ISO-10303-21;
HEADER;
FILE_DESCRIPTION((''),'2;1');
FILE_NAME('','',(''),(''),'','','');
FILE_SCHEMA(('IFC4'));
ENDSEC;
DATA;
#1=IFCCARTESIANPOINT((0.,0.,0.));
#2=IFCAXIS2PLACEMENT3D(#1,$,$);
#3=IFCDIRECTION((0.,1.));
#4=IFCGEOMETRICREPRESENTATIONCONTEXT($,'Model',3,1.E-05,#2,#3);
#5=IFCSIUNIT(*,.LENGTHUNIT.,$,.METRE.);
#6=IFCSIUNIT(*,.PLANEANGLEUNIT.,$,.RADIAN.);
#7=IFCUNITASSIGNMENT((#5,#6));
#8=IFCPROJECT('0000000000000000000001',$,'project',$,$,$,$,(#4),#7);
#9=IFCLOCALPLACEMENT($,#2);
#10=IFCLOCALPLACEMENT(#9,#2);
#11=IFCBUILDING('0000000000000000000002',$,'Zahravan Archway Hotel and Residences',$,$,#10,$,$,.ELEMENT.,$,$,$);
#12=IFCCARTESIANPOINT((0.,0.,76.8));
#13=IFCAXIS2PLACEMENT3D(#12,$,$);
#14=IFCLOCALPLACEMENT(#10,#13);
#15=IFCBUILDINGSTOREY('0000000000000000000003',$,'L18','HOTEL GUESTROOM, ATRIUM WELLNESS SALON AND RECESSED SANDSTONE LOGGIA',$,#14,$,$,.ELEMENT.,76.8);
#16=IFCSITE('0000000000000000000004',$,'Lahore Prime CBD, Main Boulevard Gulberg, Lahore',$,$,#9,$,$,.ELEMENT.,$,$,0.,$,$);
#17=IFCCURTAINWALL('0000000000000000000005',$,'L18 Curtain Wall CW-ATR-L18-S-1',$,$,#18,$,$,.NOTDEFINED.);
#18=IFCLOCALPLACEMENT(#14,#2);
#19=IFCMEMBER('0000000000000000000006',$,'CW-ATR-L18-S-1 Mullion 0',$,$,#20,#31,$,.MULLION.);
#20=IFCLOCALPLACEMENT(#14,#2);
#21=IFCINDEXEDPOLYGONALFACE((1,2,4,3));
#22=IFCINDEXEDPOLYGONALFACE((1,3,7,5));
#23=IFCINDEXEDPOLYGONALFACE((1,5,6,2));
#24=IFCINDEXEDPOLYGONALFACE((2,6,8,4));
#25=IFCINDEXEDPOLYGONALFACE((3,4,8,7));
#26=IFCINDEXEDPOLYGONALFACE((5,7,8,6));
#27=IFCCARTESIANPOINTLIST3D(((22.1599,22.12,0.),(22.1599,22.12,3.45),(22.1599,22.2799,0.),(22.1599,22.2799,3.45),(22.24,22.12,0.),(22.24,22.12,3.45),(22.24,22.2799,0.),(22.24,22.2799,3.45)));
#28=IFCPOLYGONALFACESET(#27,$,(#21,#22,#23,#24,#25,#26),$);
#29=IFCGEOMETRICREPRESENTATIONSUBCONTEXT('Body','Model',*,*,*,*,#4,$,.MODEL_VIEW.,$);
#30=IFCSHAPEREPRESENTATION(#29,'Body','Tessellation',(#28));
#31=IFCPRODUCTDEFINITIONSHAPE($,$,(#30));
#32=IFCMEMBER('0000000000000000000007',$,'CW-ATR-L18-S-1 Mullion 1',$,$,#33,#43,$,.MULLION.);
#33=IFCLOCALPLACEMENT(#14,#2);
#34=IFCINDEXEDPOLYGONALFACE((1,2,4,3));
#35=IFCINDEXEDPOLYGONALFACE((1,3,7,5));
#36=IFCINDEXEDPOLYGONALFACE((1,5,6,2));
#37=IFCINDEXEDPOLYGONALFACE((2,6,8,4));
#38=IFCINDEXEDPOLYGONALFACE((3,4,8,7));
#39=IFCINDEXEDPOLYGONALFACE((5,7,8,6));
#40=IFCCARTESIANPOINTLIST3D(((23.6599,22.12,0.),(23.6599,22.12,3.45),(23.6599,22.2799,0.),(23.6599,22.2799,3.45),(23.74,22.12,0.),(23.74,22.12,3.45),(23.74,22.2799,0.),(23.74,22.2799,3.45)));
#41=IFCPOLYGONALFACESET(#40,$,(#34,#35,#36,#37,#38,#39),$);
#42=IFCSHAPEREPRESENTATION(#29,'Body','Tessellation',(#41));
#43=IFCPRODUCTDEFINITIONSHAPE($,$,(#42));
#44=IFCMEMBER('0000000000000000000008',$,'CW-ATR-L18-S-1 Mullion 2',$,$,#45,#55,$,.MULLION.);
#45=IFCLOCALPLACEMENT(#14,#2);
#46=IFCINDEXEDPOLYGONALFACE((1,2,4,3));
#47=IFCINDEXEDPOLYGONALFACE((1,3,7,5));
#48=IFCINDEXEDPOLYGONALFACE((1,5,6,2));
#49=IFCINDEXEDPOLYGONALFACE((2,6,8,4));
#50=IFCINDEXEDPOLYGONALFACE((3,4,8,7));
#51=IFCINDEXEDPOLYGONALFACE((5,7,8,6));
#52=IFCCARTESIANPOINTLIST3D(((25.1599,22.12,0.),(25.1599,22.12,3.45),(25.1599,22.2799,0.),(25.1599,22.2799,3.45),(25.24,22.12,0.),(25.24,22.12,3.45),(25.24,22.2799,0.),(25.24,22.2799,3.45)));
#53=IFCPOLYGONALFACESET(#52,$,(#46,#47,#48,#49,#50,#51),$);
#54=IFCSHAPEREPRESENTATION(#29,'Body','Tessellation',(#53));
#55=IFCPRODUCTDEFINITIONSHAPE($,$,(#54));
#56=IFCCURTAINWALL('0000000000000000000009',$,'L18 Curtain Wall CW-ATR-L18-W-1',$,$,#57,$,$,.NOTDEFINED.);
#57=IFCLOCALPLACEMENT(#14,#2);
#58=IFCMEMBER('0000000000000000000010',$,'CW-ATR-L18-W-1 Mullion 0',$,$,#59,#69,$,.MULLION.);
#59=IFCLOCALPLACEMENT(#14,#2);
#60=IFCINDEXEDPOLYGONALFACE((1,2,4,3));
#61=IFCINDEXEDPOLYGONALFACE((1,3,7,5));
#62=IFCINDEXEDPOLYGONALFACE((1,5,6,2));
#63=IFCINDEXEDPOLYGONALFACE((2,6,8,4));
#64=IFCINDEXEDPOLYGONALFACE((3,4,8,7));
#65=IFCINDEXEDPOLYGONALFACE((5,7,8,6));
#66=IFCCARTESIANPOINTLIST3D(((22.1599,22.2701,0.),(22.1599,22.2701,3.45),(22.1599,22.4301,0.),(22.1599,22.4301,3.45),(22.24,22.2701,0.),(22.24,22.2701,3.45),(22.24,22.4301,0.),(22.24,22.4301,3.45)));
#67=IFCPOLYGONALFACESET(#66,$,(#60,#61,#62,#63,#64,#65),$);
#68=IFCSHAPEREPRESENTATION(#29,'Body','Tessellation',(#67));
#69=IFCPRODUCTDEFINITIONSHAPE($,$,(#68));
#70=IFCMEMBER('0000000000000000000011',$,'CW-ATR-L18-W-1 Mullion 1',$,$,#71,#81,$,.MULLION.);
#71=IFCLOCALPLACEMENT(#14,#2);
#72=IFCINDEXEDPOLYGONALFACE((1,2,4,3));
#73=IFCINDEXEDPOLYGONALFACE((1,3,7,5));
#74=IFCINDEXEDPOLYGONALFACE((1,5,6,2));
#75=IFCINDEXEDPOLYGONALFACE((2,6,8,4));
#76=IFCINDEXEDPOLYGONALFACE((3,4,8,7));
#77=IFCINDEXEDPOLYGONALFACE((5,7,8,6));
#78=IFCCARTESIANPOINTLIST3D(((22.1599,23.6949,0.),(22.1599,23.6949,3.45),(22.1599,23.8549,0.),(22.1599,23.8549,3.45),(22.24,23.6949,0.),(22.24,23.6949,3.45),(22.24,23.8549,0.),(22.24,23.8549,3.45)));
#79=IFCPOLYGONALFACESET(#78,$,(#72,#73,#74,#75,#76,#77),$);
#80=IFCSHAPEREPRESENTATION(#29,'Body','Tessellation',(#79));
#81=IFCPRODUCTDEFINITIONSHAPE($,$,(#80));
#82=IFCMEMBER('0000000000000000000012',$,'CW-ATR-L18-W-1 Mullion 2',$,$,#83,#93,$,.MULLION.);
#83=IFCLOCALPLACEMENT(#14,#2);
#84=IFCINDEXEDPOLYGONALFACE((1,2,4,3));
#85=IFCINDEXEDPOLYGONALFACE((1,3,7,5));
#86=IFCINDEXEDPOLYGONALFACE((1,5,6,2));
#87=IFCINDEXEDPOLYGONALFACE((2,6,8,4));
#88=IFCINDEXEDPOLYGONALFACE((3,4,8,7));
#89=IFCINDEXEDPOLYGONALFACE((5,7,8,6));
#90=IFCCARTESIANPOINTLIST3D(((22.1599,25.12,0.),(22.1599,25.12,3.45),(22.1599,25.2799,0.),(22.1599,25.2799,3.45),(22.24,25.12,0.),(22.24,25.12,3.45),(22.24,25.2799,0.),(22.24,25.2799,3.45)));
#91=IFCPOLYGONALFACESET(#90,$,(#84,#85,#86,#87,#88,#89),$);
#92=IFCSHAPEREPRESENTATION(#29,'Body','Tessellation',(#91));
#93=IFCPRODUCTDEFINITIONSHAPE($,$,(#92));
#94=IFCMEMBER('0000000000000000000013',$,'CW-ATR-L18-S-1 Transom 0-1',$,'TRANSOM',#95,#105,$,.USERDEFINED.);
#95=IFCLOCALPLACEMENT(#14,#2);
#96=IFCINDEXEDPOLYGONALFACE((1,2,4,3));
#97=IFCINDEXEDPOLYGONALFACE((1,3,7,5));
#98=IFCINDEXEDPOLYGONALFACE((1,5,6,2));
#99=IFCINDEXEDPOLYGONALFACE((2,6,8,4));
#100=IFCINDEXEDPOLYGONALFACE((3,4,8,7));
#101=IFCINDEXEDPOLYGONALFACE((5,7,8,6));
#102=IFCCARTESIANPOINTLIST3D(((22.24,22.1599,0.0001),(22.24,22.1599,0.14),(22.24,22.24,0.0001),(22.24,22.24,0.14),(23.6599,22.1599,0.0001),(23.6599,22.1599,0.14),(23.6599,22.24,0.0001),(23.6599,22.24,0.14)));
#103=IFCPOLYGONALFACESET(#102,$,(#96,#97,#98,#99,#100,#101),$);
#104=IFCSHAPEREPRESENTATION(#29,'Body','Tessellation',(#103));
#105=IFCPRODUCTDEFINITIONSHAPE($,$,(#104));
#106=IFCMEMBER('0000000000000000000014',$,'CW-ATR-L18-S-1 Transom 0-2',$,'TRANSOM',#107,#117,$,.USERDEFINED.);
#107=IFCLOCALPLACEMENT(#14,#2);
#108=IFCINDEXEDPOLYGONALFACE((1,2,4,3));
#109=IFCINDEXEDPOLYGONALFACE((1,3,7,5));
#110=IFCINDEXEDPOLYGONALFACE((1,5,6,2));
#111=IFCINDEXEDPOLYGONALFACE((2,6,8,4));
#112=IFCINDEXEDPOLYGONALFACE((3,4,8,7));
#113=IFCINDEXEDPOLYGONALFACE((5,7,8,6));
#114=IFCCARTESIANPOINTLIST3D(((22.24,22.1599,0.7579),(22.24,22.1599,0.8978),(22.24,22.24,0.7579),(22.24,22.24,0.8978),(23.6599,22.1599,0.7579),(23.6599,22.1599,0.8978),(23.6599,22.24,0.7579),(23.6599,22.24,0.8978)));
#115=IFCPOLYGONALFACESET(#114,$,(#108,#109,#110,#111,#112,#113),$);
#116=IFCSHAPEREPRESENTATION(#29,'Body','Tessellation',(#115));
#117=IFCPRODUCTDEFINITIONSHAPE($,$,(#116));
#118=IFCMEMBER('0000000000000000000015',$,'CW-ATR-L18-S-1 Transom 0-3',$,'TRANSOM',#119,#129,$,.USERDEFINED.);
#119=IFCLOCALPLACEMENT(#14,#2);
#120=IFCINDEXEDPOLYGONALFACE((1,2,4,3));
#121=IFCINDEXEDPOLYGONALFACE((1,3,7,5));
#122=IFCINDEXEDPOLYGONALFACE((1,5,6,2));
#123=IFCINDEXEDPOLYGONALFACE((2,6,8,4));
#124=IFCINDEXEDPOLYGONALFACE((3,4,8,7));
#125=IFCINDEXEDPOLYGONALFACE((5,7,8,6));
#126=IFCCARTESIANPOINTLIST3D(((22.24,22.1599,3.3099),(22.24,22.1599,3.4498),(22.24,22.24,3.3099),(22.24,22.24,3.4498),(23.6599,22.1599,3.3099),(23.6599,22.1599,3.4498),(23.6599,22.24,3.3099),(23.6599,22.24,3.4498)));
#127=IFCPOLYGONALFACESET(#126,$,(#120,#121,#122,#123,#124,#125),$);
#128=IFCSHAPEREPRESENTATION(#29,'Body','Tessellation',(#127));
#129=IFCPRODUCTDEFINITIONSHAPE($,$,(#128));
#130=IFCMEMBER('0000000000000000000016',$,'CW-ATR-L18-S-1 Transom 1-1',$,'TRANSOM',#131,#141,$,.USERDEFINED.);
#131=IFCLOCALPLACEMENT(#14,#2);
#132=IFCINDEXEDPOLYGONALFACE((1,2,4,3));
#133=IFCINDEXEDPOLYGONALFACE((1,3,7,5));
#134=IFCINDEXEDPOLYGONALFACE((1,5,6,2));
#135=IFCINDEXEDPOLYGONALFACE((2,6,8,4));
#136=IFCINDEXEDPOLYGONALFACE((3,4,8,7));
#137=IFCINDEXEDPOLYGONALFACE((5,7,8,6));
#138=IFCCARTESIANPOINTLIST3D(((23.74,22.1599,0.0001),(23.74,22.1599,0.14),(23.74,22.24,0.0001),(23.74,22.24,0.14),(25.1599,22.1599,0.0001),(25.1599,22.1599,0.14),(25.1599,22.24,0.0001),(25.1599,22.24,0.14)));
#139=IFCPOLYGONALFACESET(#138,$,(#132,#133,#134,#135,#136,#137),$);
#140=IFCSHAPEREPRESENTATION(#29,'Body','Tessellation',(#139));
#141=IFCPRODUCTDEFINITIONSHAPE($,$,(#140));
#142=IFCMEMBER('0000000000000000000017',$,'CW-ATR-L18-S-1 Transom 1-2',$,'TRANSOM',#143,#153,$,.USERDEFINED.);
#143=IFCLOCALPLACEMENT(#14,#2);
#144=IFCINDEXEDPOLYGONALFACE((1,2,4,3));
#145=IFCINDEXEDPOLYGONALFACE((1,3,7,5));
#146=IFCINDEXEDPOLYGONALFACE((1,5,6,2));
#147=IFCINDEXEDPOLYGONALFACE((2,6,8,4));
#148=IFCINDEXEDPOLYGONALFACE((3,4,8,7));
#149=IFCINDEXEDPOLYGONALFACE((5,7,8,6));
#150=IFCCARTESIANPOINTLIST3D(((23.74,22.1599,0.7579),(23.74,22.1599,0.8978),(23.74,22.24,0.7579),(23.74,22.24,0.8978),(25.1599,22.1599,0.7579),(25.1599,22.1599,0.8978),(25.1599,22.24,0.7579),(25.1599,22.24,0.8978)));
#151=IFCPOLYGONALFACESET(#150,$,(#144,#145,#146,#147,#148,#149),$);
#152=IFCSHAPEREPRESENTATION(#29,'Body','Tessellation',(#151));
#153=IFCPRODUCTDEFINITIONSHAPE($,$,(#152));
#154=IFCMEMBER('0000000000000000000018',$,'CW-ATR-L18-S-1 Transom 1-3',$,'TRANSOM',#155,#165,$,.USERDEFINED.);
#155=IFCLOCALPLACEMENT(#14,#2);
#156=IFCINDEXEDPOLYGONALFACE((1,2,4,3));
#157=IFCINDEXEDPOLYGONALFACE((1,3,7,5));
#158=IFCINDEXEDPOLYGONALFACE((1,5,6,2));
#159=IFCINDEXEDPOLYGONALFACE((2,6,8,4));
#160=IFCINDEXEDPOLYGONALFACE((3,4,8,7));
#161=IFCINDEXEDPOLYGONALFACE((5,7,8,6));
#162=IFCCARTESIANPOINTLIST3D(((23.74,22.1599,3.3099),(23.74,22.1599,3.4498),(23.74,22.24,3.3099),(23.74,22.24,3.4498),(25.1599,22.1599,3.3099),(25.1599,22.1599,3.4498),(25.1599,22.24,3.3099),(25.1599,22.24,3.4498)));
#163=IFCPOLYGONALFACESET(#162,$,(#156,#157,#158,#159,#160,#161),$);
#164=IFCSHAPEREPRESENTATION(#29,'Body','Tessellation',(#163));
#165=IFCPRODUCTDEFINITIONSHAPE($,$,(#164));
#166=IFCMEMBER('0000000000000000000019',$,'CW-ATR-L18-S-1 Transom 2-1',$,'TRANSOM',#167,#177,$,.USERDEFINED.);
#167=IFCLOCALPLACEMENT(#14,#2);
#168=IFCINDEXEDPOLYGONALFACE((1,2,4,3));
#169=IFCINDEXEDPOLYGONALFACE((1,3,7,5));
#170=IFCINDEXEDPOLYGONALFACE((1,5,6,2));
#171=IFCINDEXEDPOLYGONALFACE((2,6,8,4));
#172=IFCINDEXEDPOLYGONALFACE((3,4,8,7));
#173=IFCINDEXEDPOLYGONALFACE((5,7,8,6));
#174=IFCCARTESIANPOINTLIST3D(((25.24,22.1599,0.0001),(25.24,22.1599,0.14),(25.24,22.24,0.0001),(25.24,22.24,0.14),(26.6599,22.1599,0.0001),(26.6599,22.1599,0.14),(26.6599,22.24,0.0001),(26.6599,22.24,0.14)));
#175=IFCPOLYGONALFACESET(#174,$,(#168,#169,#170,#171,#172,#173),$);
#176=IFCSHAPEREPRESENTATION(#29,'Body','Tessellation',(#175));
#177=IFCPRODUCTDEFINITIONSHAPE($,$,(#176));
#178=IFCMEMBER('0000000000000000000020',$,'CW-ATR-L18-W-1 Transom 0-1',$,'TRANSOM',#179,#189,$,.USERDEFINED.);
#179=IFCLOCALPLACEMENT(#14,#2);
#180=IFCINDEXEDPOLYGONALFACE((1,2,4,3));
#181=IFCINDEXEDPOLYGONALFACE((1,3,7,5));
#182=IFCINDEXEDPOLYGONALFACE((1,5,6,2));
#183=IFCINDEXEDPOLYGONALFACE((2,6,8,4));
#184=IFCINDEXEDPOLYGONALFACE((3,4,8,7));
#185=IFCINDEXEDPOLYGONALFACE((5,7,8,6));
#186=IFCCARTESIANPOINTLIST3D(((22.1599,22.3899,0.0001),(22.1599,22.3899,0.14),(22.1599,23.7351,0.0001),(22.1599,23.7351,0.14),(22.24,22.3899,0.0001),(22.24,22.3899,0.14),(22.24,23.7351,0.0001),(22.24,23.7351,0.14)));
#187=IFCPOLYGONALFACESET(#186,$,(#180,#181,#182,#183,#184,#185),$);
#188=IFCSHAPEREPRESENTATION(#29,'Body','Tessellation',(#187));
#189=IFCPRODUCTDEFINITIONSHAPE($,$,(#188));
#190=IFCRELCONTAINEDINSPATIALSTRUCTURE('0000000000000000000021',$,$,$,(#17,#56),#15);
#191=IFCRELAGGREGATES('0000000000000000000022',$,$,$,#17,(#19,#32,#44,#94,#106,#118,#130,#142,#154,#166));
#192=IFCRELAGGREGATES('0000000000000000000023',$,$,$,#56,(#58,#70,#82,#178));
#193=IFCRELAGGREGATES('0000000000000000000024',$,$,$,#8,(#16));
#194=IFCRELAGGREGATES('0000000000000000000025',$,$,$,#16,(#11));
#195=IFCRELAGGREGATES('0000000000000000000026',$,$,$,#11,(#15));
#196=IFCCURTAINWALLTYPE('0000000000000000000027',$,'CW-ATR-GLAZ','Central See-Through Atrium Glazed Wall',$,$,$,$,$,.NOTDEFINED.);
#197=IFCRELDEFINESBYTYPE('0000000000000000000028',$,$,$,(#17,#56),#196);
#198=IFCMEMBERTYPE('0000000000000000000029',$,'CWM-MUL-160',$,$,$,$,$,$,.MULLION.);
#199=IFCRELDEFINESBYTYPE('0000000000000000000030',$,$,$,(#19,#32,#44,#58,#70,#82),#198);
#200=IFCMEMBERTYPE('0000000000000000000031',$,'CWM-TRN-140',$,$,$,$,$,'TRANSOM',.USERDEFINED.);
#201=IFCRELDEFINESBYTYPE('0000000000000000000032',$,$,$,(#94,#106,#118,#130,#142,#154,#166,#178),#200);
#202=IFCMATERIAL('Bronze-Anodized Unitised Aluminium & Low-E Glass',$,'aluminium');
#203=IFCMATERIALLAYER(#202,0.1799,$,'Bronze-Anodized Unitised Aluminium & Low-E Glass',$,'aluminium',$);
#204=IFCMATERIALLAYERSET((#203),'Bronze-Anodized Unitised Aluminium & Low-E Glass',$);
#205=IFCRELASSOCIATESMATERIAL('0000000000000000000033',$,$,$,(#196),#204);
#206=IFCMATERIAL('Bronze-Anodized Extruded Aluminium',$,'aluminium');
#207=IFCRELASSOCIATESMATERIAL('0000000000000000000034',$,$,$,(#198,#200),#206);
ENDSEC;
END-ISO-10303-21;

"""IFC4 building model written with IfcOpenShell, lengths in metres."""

from ifc_helpers import new_model, si_unit, direction, frame, origin, origin_2d, place, context, subcontext, project, spatial, rectangle, extrude, source, transform, mapped, material, layer, layer_set, material_profile, profile_set, type_object, element, aggregate, save


model = new_model("IFC4")

# Units and contexts
model_context = context("Model", 3, precision=1e-05, world=origin(), true_north=direction((0.0, 1.0)))
body_context = subcontext(model_context, "Body", "Model", "MODEL_VIEW")
ifc_project = project(units=[si_unit("LENGTHUNIT", "METRE"), si_unit("PLANEANGLEUNIT", "RADIAN")], contexts=[model_context])

# Site, building, storey
site_placement = place(None, origin())
site = spatial("IfcSite", under=ifc_project, at=site_placement, Name="Lahore Prime CBD, Main Boulevard Gulberg, Lahore", CompositionType="ELEMENT", RefElevation=0.0)
building_placement = place(site_placement, origin())
building = spatial("IfcBuilding", under=site, at=building_placement, Name="Zahravan Archway Hotel and Residences", CompositionType="ELEMENT")
storey_placement = place(building_placement, frame((0.0, 0.0, 76.8)))
storey = spatial("IfcBuildingStorey", under=building, at=storey_placement, Name="L18", Description="HOTEL GUESTROOM, ATRIUM WELLNESS SALON AND RECESSED SANDSTONE LOGGIA", CompositionType="ELEMENT", Elevation=76.8)

# Curtain walls, members
ifc_material_1 = material(Name="Bronze-Anodized Unitised Aluminium & Low-E Glass", Category="aluminium")
ifc_layer_1 = layer(ifc_material_1, 0.1799, Name="Bronze-Anodized Unitised Aluminium & Low-E Glass", Category="aluminium")
ifc_layer_set_1 = layer_set([ifc_layer_1], Name="Bronze-Anodized Unitised Aluminium & Low-E Glass")
curtain_wall_type = type_object("IfcCurtainWallType", Name="CW-ATR-GLAZ", Description="Central See-Through Atrium Glazed Wall", PredefinedType="NOTDEFINED", material=ifc_layer_set_1)
curtain_wall_1_placement = place(storey_placement, origin())
curtain_wall_1 = element("IfcCurtainWall", 1, at=curtain_wall_1_placement, inside=storey, type_object=curtain_wall_type, Name="L18 Curtain Wall CW-ATR-L18-S-1", PredefinedType="NOTDEFINED")
ifc_material_2 = material(Name="Bronze-Anodized Extruded Aluminium", Category="aluminium")
ifc_material_profile_1 = material_profile(ifc_material_2, rectangle(XDim=0.0801, YDim=0.1599, at=origin_2d()), Name="MUL 80x160", Category="aluminium")
ifc_profile_set_1 = profile_set([ifc_material_profile_1], Name="Bronze-Anodized Extruded Aluminium")
member_type_1 = type_object("IfcMemberType", Name="CWM-MUL-160", PredefinedType="MULLION", material=ifc_profile_set_1)
shared_shape_1 = source(origin(), body_context, "Body", "SweptSolid", [
    extrude(rectangle(XDim=0.0801, YDim=0.1599, at=origin_2d()), origin(), (0.0, 0.0, 1.0), 3.45),
])
member_1_placement = place(storey_placement, frame((22.2, 22.2, 0.0), z_axis=(0.0, 0.0, 1.0), x_axis=(1.0, 0.0, 0.0)))
member_1 = element("IfcMember", 2, at=member_1_placement, type_object=member_type_1, Name="CW-ATR-L18-S-1 Mullion 0", PredefinedType="MULLION", context=body_context, shape_type="MappedRepresentation", body=[
    mapped(shared_shape_1, transform((0.0, 0.0, 0.0), scale=1.0)),
])
member_2_placement = place(storey_placement, frame((23.7, 22.2, 0.0), z_axis=(0.0, 0.0, 1.0), x_axis=(1.0, 0.0, 0.0)))
member_2 = element("IfcMember", 3, at=member_2_placement, type_object=member_type_1, Name="CW-ATR-L18-S-1 Mullion 1", PredefinedType="MULLION", context=body_context, shape_type="MappedRepresentation", body=[
    mapped(shared_shape_1, transform((0.0, 0.0, 0.0), scale=1.0)),
])
member_3_placement = place(storey_placement, frame((25.2, 22.2, 0.0), z_axis=(0.0, 0.0, 1.0), x_axis=(1.0, 0.0, 0.0)))
member_3 = element("IfcMember", 4, at=member_3_placement, type_object=member_type_1, Name="CW-ATR-L18-S-1 Mullion 2", PredefinedType="MULLION", context=body_context, shape_type="MappedRepresentation", body=[
    mapped(shared_shape_1, transform((0.0, 0.0, 0.0), scale=1.0)),
])
curtain_wall_2_placement = place(storey_placement, origin())
curtain_wall_2 = element("IfcCurtainWall", 5, at=curtain_wall_2_placement, inside=storey, type_object=curtain_wall_type, Name="L18 Curtain Wall CW-ATR-L18-W-1", PredefinedType="NOTDEFINED")
member_4_placement = place(storey_placement, frame((22.2, 22.3501, 0.0), z_axis=(0.0, 0.0, 1.0), x_axis=(1.0, 0.0, 0.0)))
member_4 = element("IfcMember", 6, at=member_4_placement, type_object=member_type_1, Name="CW-ATR-L18-W-1 Mullion 0", PredefinedType="MULLION", context=body_context, shape_type="MappedRepresentation", body=[
    mapped(shared_shape_1, transform((0.0, 0.0, 0.0), scale=1.0)),
])
member_5_placement = place(storey_placement, frame((22.2, 23.7749, 0.0), z_axis=(0.0, 0.0, 1.0), x_axis=(1.0, 0.0, 0.0)))
member_5 = element("IfcMember", 7, at=member_5_placement, type_object=member_type_1, Name="CW-ATR-L18-W-1 Mullion 1", PredefinedType="MULLION", context=body_context, shape_type="MappedRepresentation", body=[
    mapped(shared_shape_1, transform((0.0, 0.0, 0.0), scale=1.0)),
])
member_6_placement = place(storey_placement, frame((22.2, 25.2, 0.0), z_axis=(0.0, 0.0, 1.0), x_axis=(1.0, 0.0, 0.0)))
member_6 = element("IfcMember", 8, at=member_6_placement, type_object=member_type_1, Name="CW-ATR-L18-W-1 Mullion 2", PredefinedType="MULLION", context=body_context, shape_type="MappedRepresentation", body=[
    mapped(shared_shape_1, transform((0.0, 0.0, 0.0), scale=1.0)),
])

# Members
ifc_material_profile_2 = material_profile(ifc_material_2, rectangle(XDim=0.0801, YDim=0.1399, at=origin_2d()), Name="TRN 80x140", Category="aluminium")
ifc_profile_set_2 = profile_set([ifc_material_profile_2], Name="Bronze-Anodized Extruded Aluminium")
member_type_2 = type_object("IfcMemberType", Name="CWM-TRN-140", ElementType="TRANSOM", PredefinedType="USERDEFINED", material=ifc_profile_set_2)
shared_shape_2 = source(origin(), body_context, "Body", "SweptSolid", [
    extrude(rectangle(XDim=0.0801, YDim=0.1399, at=origin_2d()), origin(), (0.0, 0.0, 1.0), 1.4199),
])
member_7_placement = place(storey_placement, frame((22.24, 22.2, 0.0701), z_axis=(1.0, 0.0, 0.0), x_axis=(0.0, 1.0, 0.0)))
member_7 = element("IfcMember", 9, at=member_7_placement, type_object=member_type_2, Name="CW-ATR-L18-S-1 Transom 0-1", ObjectType="TRANSOM", PredefinedType="USERDEFINED", context=body_context, shape_type="MappedRepresentation", body=[
    mapped(shared_shape_2, transform((0.0, 0.0, 0.0), scale=1.0)),
])
member_8_placement = place(storey_placement, frame((22.24, 22.2, 0.8279), z_axis=(1.0, 0.0, 0.0), x_axis=(0.0, 1.0, 0.0)))
member_8 = element("IfcMember", 10, at=member_8_placement, type_object=member_type_2, Name="CW-ATR-L18-S-1 Transom 0-2", ObjectType="TRANSOM", PredefinedType="USERDEFINED", context=body_context, shape_type="MappedRepresentation", body=[
    mapped(shared_shape_2, transform((0.0, 0.0, 0.0), scale=1.0)),
])
member_9_placement = place(storey_placement, frame((22.24, 22.2, 3.3799), z_axis=(1.0, 0.0, 0.0), x_axis=(0.0, 1.0, 0.0)))
member_9 = element("IfcMember", 11, at=member_9_placement, type_object=member_type_2, Name="CW-ATR-L18-S-1 Transom 0-3", ObjectType="TRANSOM", PredefinedType="USERDEFINED", context=body_context, shape_type="MappedRepresentation", body=[
    mapped(shared_shape_2, transform((0.0, 0.0, 0.0), scale=1.0)),
])
member_10_placement = place(storey_placement, frame((23.74, 22.2, 0.0701), z_axis=(1.0, 0.0, 0.0), x_axis=(0.0, 1.0, 0.0)))
member_10 = element("IfcMember", 12, at=member_10_placement, type_object=member_type_2, Name="CW-ATR-L18-S-1 Transom 1-1", ObjectType="TRANSOM", PredefinedType="USERDEFINED", context=body_context, shape_type="MappedRepresentation", body=[
    mapped(shared_shape_2, transform((0.0, 0.0, 0.0), scale=1.0)),
])
member_11_placement = place(storey_placement, frame((23.74, 22.2, 0.8279), z_axis=(1.0, 0.0, 0.0), x_axis=(0.0, 1.0, 0.0)))
member_11 = element("IfcMember", 13, at=member_11_placement, type_object=member_type_2, Name="CW-ATR-L18-S-1 Transom 1-2", ObjectType="TRANSOM", PredefinedType="USERDEFINED", context=body_context, shape_type="MappedRepresentation", body=[
    mapped(shared_shape_2, transform((0.0, 0.0, 0.0), scale=1.0)),
])
member_12_placement = place(storey_placement, frame((23.74, 22.2, 3.3799), z_axis=(1.0, 0.0, 0.0), x_axis=(0.0, 1.0, 0.0)))
member_12 = element("IfcMember", 14, at=member_12_placement, type_object=member_type_2, Name="CW-ATR-L18-S-1 Transom 1-3", ObjectType="TRANSOM", PredefinedType="USERDEFINED", context=body_context, shape_type="MappedRepresentation", body=[
    mapped(shared_shape_2, transform((0.0, 0.0, 0.0), scale=1.0)),
])
member_13_placement = place(storey_placement, frame((25.24, 22.2, 0.0701), z_axis=(1.0, 0.0, 0.0), x_axis=(0.0, 1.0, 0.0)))
member_13 = element("IfcMember", 15, at=member_13_placement, type_object=member_type_2, Name="CW-ATR-L18-S-1 Transom 2-1", ObjectType="TRANSOM", PredefinedType="USERDEFINED", context=body_context, shape_type="MappedRepresentation", body=[
    mapped(shared_shape_2, transform((0.0, 0.0, 0.0), scale=1.0)),
])
shared_shape_3 = source(origin(), body_context, "Body", "SweptSolid", [
    extrude(rectangle(XDim=0.0801, YDim=0.1399, at=origin_2d()), origin(), (0.0, 0.0, 1.0), 1.3452),
])
member_14_placement = place(storey_placement, frame((22.2, 22.3899, 0.0701), z_axis=(0.0, 1.0, 0.0), x_axis=(-1.0, 0.0, 0.0)))
member_14 = element("IfcMember", 16, at=member_14_placement, type_object=member_type_2, Name="CW-ATR-L18-W-1 Transom 0-1", ObjectType="TRANSOM", PredefinedType="USERDEFINED", context=body_context, shape_type="MappedRepresentation", body=[
    mapped(shared_shape_3, transform((0.0, 0.0, 0.0), scale=1.0)),
])

aggregate(curtain_wall_1, [member_1, member_2, member_3, member_7, member_8, member_9, member_10, member_11, member_12, member_13])
aggregate(curtain_wall_2, [member_4, member_5, member_6, member_14])

save(model, "model.ifc")
